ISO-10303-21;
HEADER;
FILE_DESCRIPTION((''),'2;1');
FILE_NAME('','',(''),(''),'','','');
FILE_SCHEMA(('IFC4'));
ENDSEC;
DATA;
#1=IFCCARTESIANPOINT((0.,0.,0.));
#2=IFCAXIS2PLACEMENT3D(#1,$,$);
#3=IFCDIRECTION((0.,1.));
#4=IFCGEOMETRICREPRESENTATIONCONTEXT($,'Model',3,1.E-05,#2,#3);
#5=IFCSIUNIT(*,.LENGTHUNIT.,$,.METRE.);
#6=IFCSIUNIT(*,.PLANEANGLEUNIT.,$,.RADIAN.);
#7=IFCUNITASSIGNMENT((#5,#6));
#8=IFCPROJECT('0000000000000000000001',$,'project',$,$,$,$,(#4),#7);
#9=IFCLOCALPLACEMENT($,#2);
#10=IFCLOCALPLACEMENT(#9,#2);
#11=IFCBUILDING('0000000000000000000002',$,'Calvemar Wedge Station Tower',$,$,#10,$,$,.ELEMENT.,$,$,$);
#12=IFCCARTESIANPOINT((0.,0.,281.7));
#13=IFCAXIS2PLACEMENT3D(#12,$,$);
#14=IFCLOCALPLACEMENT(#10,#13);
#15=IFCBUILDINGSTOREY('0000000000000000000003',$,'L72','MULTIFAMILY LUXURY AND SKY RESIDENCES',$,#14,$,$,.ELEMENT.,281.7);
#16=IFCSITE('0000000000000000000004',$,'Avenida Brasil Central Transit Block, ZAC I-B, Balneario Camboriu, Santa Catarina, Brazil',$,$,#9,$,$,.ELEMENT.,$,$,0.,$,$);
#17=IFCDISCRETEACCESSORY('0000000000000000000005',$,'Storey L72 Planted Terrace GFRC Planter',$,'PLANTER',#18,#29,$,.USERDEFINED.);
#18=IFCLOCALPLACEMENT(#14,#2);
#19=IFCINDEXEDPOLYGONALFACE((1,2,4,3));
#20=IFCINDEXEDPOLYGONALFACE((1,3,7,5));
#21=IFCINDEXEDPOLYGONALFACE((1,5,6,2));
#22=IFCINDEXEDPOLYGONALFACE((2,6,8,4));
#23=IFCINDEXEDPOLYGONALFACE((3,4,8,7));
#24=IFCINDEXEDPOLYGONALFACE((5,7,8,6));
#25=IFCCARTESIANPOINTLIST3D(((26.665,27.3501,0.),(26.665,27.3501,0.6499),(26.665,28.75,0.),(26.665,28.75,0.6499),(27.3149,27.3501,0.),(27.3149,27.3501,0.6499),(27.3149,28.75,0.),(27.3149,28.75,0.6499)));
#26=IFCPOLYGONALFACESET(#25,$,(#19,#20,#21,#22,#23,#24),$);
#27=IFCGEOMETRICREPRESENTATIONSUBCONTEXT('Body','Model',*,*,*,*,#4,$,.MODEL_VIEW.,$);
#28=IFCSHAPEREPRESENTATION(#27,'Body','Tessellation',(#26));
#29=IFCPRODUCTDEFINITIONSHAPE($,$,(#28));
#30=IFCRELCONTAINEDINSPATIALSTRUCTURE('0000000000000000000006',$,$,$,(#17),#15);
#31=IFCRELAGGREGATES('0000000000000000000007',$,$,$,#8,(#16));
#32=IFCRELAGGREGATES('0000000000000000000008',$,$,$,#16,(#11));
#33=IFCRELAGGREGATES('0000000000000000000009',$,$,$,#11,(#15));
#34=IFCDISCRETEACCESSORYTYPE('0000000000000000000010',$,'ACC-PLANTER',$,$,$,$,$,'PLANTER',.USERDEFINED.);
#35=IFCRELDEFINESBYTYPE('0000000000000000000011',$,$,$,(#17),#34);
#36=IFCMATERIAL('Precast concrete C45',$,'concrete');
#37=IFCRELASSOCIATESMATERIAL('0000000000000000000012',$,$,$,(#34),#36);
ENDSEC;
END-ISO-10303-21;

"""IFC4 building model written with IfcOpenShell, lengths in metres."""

from ifc_helpers import new_model, si_unit, direction, frame, origin, origin_2d, place, context, subcontext, project, spatial, rectangle, extrude, source, transform, mapped, material, type_object, element, save


model = new_model("IFC4")

# Units and contexts
model_context = context("Model", 3, precision=1e-05, world=origin(), true_north=direction((0.0, 1.0)))
body_context = subcontext(model_context, "Body", "Model", "MODEL_VIEW")
ifc_project = project(units=[si_unit("LENGTHUNIT", "METRE"), si_unit("PLANEANGLEUNIT", "RADIAN")], contexts=[model_context])

# Site, building, storey
site_placement = place(None, origin())
site = spatial("IfcSite", under=ifc_project, at=site_placement, Name="Avenida Brasil Central Transit Block, ZAC I-B, Balneario Camboriu, Santa Catarina, Brazil", CompositionType="ELEMENT", RefElevation=0.0)
building_placement = place(site_placement, origin())
building = spatial("IfcBuilding", under=site, at=building_placement, Name="Calvemar Wedge Station Tower", CompositionType="ELEMENT")
storey_placement = place(building_placement, frame((0.0, 0.0, 281.7)))
storey = spatial("IfcBuildingStorey", under=building, at=storey_placement, Name="L72", Description="MULTIFAMILY LUXURY AND SKY RESIDENCES", CompositionType="ELEMENT", Elevation=281.7)

# Shared definitions
ifc_material_1 = material(Name="Precast concrete C45", Category="concrete")

# Discrete accessory
discrete_accessory_type = type_object("IfcDiscreteAccessoryType", Name="ACC-PLANTER", ElementType="PLANTER", PredefinedType="USERDEFINED", material=ifc_material_1)
shared_shape_1 = source(origin(), body_context, "Body", "SweptSolid", [
    extrude(rectangle(XDim=0.6499, YDim=1.3999, at=origin_2d()), origin(), (0.0, 0.0, 1.0), 0.6499),
])
discrete_accessory_placement = place(storey_placement, frame((26.99, 28.05, 0.0), z_axis=(0.0, 0.0, 1.0), x_axis=(1.0, 0.0, 0.0)))
element("IfcDiscreteAccessory", 1, at=discrete_accessory_placement, inside=storey, type_object=discrete_accessory_type, Name="Storey L72 Planted Terrace GFRC Planter", ObjectType="PLANTER", PredefinedType="USERDEFINED", context=body_context, shape_type="MappedRepresentation", body=[
    mapped(shared_shape_1, transform((0.0, 0.0, 0.0), scale=1.0)),
])

save(model, "model.ifc")
